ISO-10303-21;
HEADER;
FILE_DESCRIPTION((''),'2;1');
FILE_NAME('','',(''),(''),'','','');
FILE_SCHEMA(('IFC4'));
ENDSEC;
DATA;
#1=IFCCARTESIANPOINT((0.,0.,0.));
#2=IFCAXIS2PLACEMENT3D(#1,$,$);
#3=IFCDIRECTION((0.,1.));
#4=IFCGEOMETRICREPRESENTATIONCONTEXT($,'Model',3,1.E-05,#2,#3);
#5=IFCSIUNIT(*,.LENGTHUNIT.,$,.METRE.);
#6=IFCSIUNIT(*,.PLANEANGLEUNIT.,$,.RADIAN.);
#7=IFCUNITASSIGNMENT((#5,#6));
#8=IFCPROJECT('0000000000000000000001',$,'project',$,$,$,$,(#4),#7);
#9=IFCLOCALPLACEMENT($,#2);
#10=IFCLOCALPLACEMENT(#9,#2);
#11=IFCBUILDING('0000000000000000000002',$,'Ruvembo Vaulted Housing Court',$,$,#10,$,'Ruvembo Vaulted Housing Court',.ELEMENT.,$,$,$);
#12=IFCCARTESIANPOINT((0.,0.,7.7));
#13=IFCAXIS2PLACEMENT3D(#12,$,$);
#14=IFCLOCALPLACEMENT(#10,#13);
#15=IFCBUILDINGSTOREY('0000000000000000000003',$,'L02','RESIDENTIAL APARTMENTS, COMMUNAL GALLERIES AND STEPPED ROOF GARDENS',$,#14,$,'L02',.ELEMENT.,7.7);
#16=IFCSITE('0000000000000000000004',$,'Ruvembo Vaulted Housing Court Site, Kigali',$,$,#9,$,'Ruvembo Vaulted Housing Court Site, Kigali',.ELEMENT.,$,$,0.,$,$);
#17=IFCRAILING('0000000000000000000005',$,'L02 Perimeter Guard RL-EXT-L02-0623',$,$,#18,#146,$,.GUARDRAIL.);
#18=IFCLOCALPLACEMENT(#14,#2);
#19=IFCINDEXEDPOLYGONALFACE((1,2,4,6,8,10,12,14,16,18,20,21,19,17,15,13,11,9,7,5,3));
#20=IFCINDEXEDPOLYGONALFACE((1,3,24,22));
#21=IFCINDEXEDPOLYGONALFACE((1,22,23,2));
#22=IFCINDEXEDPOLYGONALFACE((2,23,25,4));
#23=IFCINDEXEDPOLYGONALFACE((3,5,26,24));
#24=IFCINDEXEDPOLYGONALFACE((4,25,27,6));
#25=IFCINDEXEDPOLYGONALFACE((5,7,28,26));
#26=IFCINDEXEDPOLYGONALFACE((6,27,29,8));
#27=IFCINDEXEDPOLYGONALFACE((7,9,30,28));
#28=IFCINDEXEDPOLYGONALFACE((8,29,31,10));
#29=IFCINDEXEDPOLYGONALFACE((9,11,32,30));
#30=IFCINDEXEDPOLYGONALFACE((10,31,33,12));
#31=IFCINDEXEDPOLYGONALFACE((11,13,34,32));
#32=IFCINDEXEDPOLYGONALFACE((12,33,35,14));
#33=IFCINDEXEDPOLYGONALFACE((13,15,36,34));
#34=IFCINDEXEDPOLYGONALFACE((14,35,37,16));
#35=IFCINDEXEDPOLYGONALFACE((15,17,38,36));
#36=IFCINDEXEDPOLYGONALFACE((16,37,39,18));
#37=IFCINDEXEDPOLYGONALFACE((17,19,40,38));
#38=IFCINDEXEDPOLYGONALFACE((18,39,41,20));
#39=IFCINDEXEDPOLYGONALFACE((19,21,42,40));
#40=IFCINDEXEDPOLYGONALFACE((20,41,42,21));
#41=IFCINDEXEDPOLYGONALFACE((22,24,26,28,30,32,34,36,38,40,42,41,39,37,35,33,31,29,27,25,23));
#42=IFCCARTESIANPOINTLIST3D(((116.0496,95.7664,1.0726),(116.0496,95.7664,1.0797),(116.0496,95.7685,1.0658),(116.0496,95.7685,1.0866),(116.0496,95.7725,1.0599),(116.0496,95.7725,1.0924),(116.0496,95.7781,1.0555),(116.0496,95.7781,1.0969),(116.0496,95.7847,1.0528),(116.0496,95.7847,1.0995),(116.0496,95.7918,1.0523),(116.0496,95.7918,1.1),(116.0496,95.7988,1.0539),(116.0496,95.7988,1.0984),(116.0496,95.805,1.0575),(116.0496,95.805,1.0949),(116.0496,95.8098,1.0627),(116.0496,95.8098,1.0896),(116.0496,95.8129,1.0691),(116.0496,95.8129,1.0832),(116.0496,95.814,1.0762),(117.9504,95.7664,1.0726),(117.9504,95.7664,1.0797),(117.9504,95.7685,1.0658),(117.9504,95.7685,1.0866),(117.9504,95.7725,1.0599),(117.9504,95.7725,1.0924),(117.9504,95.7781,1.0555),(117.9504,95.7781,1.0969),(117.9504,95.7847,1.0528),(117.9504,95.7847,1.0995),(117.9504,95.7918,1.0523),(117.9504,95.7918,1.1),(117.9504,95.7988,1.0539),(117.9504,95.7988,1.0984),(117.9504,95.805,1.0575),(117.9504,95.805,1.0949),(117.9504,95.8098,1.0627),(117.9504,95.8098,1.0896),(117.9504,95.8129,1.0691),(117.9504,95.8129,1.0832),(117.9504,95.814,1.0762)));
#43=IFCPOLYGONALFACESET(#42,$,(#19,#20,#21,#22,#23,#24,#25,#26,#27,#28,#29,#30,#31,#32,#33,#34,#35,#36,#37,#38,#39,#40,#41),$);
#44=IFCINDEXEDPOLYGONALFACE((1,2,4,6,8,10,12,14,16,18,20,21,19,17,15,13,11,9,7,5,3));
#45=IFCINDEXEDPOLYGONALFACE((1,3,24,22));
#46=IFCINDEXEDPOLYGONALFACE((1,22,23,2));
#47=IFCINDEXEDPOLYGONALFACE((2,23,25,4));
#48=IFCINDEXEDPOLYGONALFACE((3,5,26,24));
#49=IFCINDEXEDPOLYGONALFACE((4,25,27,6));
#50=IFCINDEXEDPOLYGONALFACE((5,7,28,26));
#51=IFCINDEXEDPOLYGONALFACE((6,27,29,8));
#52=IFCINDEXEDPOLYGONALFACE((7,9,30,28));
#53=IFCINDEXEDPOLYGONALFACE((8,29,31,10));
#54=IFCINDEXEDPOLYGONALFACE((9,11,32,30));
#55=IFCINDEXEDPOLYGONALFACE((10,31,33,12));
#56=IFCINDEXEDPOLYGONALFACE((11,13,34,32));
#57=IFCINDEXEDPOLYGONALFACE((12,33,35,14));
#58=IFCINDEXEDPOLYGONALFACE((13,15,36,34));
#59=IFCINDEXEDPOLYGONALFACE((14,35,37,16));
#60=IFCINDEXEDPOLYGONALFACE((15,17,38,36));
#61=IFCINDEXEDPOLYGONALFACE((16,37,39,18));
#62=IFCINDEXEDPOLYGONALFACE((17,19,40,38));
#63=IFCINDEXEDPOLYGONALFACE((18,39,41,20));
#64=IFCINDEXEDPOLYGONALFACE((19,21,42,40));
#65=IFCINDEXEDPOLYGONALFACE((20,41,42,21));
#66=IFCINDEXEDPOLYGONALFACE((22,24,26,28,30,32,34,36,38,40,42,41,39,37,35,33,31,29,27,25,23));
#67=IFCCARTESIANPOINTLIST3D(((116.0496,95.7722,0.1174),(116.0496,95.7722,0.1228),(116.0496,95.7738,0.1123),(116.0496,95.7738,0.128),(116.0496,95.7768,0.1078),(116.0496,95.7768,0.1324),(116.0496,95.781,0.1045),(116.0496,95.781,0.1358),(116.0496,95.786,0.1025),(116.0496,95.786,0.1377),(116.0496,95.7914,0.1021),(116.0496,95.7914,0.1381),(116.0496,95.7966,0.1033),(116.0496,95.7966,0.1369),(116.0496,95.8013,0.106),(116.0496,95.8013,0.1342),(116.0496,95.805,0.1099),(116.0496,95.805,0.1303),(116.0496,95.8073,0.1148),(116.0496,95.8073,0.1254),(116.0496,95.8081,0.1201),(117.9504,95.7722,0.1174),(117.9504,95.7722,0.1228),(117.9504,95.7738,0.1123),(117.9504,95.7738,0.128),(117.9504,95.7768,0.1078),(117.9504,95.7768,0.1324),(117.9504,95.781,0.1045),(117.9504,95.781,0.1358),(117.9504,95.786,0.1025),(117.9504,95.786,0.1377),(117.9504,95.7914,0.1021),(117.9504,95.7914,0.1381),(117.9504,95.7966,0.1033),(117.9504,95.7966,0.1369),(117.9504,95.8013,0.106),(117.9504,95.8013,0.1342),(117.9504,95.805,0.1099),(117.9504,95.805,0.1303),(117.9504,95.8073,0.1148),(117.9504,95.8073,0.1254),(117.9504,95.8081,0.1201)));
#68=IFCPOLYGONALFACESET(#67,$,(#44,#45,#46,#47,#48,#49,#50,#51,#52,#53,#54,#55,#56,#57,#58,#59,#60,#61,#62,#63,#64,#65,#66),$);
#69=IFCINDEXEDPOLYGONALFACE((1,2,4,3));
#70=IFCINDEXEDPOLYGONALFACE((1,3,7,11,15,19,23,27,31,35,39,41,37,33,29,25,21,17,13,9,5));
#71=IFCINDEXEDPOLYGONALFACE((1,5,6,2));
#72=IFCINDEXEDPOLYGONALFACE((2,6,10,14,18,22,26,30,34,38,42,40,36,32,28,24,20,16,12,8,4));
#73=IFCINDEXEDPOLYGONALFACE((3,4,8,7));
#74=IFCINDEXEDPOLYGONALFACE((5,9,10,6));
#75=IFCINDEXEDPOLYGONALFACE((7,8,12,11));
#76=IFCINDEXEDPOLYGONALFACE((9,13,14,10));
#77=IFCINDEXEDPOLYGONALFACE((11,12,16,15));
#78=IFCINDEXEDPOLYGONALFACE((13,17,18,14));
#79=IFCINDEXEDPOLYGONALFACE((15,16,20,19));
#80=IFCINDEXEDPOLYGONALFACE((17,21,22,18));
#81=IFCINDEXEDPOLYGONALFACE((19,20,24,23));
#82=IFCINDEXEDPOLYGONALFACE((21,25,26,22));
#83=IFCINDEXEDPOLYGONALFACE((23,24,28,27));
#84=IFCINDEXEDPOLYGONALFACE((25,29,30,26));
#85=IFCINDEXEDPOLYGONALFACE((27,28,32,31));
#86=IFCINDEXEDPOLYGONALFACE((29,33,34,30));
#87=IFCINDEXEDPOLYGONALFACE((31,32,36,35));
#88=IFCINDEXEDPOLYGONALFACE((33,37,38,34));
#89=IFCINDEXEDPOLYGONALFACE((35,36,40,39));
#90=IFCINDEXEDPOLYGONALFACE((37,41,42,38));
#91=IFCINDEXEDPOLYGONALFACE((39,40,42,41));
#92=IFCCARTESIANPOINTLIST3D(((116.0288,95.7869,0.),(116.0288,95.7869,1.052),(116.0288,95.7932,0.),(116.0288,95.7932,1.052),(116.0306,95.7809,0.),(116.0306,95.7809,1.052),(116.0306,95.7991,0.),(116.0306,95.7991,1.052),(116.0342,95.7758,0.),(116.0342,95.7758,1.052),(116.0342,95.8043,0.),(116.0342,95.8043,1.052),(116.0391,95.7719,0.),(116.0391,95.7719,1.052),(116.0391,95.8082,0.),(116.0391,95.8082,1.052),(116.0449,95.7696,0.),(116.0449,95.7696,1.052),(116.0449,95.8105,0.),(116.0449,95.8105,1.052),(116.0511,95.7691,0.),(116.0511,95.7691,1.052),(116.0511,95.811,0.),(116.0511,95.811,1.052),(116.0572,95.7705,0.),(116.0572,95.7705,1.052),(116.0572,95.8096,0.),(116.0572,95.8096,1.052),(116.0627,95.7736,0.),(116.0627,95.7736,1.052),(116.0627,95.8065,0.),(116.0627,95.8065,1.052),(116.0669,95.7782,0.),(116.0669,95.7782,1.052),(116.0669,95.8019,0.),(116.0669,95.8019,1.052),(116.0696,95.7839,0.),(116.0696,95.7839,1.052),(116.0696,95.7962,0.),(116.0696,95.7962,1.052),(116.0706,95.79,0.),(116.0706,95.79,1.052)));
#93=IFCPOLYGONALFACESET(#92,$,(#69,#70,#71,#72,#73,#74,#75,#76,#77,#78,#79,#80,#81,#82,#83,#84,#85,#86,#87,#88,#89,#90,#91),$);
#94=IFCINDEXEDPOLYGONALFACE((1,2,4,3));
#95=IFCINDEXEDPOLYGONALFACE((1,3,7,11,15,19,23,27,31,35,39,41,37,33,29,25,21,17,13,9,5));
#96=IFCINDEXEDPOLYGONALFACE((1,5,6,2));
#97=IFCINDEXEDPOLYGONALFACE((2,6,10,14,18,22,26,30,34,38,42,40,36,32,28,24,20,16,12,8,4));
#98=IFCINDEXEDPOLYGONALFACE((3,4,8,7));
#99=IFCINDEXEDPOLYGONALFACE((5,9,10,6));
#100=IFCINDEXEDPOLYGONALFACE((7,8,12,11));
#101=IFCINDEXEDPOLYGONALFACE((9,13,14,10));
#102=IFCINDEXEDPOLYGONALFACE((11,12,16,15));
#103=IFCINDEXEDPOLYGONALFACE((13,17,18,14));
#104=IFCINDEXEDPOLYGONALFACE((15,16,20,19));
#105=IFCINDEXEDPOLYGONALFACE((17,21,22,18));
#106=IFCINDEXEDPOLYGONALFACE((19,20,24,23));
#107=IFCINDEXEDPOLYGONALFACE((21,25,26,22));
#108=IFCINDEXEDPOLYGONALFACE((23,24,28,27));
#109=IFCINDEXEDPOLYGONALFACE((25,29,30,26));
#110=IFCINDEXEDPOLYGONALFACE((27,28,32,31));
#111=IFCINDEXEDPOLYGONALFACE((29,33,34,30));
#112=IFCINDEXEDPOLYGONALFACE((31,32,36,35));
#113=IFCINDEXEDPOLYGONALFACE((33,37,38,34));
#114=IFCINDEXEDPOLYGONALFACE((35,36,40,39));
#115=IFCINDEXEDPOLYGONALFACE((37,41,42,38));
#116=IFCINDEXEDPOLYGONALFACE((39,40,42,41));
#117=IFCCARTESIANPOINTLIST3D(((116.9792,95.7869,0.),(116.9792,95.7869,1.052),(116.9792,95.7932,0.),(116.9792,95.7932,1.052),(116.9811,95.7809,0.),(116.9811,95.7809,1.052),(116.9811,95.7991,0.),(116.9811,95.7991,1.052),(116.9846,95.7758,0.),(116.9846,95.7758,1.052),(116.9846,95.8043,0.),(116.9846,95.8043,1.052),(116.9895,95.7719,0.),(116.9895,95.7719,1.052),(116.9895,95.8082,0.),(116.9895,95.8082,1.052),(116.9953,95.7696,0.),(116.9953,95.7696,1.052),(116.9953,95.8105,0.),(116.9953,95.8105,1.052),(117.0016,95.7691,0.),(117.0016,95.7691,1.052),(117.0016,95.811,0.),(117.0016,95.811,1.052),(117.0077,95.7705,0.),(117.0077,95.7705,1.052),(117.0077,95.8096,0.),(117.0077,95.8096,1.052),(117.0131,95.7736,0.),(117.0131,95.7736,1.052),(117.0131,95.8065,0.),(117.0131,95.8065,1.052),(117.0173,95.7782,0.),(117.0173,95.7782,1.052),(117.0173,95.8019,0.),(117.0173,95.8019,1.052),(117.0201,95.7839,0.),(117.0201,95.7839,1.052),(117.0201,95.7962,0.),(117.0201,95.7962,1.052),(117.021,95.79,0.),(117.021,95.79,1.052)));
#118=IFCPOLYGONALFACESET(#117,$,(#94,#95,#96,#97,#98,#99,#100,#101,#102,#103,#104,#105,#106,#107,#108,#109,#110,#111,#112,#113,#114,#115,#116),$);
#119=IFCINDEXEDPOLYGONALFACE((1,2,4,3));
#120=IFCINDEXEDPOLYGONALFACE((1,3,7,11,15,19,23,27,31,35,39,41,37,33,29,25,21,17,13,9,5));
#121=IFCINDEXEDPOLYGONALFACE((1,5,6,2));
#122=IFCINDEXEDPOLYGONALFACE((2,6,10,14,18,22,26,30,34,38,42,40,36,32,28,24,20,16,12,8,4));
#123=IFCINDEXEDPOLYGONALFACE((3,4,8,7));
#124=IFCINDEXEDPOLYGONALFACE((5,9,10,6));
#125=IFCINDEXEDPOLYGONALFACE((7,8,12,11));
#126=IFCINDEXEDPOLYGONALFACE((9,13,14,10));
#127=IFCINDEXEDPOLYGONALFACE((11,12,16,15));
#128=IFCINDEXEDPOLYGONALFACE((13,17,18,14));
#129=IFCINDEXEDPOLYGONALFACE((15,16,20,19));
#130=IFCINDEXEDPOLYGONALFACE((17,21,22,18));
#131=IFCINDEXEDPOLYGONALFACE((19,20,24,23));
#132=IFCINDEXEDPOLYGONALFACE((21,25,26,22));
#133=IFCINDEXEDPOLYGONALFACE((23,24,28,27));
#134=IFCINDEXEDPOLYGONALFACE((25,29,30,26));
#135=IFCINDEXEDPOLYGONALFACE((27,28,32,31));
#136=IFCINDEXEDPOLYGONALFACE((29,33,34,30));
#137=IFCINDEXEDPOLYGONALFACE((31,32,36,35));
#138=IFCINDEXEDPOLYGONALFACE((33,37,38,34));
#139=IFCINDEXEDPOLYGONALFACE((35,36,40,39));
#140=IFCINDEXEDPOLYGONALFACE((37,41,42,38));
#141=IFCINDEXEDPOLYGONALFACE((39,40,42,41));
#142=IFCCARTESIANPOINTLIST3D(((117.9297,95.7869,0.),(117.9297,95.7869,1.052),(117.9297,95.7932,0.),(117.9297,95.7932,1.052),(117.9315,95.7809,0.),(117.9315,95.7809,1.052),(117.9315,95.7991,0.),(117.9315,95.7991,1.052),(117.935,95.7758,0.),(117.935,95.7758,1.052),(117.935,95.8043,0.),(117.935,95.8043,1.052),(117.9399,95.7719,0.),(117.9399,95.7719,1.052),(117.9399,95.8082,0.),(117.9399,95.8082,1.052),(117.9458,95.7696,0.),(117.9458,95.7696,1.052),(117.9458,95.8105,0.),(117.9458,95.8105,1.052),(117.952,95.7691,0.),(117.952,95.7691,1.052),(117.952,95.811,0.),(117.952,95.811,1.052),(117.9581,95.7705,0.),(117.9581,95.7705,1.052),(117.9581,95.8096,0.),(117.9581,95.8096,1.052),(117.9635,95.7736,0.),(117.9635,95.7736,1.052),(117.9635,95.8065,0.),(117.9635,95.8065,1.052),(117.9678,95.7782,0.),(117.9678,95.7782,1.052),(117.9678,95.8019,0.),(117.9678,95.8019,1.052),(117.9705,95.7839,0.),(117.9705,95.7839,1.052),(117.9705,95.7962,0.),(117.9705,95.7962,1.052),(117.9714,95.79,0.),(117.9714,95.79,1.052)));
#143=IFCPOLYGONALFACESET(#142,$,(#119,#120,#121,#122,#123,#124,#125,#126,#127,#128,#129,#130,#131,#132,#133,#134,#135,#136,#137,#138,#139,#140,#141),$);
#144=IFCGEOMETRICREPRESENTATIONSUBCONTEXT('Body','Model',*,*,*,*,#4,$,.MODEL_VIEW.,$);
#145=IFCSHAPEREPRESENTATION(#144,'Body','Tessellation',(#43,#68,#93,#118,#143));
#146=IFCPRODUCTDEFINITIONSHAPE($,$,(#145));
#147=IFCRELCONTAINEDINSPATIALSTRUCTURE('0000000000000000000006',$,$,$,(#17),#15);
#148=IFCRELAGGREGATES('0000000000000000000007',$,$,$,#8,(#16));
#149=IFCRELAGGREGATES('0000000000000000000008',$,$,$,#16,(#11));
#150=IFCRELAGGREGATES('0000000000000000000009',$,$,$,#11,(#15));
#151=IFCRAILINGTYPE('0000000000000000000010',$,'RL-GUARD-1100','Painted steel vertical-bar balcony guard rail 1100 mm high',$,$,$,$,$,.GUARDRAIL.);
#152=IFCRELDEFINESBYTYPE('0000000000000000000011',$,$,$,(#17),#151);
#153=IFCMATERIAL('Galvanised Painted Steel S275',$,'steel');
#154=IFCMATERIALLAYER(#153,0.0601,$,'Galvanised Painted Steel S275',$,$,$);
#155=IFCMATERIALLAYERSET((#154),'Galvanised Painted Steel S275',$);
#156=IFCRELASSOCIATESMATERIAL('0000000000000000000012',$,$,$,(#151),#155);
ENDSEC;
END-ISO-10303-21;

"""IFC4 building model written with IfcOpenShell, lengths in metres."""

from ifc_helpers import new_model, si_unit, direction, frame, origin, origin_2d, place, context, subcontext, project, spatial, circle, extrude, material, layer, layer_set, type_object, element, save


model = new_model("IFC4")

# Units and contexts
model_context = context("Model", 3, precision=1e-05, world=origin(), true_north=direction((0.0, 1.0)))
body_context = subcontext(model_context, "Body", "Model", "MODEL_VIEW")
ifc_project = project(units=[si_unit("LENGTHUNIT", "METRE"), si_unit("PLANEANGLEUNIT", "RADIAN")], contexts=[model_context])

# Site, building, storey
site_placement = place(None, origin())
site = spatial("IfcSite", under=ifc_project, at=site_placement, Name="Ruvembo Vaulted Housing Court Site, Kigali", LongName="Ruvembo Vaulted Housing Court Site, Kigali", CompositionType="ELEMENT", RefElevation=0.0)
building_placement = place(site_placement, origin())
building = spatial("IfcBuilding", under=site, at=building_placement, Name="Ruvembo Vaulted Housing Court", LongName="Ruvembo Vaulted Housing Court", CompositionType="ELEMENT")
storey_placement = place(building_placement, frame((0.0, 0.0, 7.7)))
storey = spatial("IfcBuildingStorey", under=building, at=storey_placement, Name="L02", Description="RESIDENTIAL APARTMENTS, COMMUNAL GALLERIES AND STEPPED ROOF GARDENS", LongName="L02", CompositionType="ELEMENT", Elevation=7.7)

# Railing
ifc_material_1 = material(Name="Galvanised Painted Steel S275", Category="steel")
ifc_layer = layer(ifc_material_1, 0.0601, Name="Galvanised Painted Steel S275")
ifc_layer_set = layer_set([ifc_layer], Name="Galvanised Painted Steel S275")
railing_type = type_object("IfcRailingType", Name="RL-GUARD-1100", Description="Painted steel vertical-bar balcony guard rail 1100 mm high", PredefinedType="GUARDRAIL", material=ifc_layer_set)
railing_1_placement = place(storey_placement, frame((116.0496, 95.79, 0.0)))
element("IfcRailing", 1, at=railing_1_placement, inside=storey, type_object=railing_type, Name="L02 Perimeter Guard RL-EXT-L02-0623", PredefinedType="GUARDRAIL", context=body_context, shape_type="SweptSolid", body=[
    extrude(circle(Radius=0.0239, at=origin_2d()), frame((0.0, 0.0, 1.0762), z_axis=(1.0, 0.0, 0.0), x_axis=(0.0, 1.0, 0.0)), (0.0, 0.0, 1.0), 1.9009),
    extrude(circle(Radius=0.0181, at=origin_2d()), frame((0.0, 0.0, 0.1201), z_axis=(1.0, 0.0, 0.0), x_axis=(0.0, 1.0, 0.0)), (0.0, 0.0, 1.0), 1.9009),
    extrude(circle(Radius=0.021, at=origin_2d()), origin(), (0.0, 0.0, 1.0), 1.052),
    extrude(circle(Radius=0.021, at=origin_2d()), frame((0.9504, 0.0, 0.0)), (0.0, 0.0, 1.0), 1.052),
    extrude(circle(Radius=0.021, at=origin_2d()), frame((1.9009, 0.0, 0.0)), (0.0, 0.0, 1.0), 1.052),
])

save(model, "model.ifc")
